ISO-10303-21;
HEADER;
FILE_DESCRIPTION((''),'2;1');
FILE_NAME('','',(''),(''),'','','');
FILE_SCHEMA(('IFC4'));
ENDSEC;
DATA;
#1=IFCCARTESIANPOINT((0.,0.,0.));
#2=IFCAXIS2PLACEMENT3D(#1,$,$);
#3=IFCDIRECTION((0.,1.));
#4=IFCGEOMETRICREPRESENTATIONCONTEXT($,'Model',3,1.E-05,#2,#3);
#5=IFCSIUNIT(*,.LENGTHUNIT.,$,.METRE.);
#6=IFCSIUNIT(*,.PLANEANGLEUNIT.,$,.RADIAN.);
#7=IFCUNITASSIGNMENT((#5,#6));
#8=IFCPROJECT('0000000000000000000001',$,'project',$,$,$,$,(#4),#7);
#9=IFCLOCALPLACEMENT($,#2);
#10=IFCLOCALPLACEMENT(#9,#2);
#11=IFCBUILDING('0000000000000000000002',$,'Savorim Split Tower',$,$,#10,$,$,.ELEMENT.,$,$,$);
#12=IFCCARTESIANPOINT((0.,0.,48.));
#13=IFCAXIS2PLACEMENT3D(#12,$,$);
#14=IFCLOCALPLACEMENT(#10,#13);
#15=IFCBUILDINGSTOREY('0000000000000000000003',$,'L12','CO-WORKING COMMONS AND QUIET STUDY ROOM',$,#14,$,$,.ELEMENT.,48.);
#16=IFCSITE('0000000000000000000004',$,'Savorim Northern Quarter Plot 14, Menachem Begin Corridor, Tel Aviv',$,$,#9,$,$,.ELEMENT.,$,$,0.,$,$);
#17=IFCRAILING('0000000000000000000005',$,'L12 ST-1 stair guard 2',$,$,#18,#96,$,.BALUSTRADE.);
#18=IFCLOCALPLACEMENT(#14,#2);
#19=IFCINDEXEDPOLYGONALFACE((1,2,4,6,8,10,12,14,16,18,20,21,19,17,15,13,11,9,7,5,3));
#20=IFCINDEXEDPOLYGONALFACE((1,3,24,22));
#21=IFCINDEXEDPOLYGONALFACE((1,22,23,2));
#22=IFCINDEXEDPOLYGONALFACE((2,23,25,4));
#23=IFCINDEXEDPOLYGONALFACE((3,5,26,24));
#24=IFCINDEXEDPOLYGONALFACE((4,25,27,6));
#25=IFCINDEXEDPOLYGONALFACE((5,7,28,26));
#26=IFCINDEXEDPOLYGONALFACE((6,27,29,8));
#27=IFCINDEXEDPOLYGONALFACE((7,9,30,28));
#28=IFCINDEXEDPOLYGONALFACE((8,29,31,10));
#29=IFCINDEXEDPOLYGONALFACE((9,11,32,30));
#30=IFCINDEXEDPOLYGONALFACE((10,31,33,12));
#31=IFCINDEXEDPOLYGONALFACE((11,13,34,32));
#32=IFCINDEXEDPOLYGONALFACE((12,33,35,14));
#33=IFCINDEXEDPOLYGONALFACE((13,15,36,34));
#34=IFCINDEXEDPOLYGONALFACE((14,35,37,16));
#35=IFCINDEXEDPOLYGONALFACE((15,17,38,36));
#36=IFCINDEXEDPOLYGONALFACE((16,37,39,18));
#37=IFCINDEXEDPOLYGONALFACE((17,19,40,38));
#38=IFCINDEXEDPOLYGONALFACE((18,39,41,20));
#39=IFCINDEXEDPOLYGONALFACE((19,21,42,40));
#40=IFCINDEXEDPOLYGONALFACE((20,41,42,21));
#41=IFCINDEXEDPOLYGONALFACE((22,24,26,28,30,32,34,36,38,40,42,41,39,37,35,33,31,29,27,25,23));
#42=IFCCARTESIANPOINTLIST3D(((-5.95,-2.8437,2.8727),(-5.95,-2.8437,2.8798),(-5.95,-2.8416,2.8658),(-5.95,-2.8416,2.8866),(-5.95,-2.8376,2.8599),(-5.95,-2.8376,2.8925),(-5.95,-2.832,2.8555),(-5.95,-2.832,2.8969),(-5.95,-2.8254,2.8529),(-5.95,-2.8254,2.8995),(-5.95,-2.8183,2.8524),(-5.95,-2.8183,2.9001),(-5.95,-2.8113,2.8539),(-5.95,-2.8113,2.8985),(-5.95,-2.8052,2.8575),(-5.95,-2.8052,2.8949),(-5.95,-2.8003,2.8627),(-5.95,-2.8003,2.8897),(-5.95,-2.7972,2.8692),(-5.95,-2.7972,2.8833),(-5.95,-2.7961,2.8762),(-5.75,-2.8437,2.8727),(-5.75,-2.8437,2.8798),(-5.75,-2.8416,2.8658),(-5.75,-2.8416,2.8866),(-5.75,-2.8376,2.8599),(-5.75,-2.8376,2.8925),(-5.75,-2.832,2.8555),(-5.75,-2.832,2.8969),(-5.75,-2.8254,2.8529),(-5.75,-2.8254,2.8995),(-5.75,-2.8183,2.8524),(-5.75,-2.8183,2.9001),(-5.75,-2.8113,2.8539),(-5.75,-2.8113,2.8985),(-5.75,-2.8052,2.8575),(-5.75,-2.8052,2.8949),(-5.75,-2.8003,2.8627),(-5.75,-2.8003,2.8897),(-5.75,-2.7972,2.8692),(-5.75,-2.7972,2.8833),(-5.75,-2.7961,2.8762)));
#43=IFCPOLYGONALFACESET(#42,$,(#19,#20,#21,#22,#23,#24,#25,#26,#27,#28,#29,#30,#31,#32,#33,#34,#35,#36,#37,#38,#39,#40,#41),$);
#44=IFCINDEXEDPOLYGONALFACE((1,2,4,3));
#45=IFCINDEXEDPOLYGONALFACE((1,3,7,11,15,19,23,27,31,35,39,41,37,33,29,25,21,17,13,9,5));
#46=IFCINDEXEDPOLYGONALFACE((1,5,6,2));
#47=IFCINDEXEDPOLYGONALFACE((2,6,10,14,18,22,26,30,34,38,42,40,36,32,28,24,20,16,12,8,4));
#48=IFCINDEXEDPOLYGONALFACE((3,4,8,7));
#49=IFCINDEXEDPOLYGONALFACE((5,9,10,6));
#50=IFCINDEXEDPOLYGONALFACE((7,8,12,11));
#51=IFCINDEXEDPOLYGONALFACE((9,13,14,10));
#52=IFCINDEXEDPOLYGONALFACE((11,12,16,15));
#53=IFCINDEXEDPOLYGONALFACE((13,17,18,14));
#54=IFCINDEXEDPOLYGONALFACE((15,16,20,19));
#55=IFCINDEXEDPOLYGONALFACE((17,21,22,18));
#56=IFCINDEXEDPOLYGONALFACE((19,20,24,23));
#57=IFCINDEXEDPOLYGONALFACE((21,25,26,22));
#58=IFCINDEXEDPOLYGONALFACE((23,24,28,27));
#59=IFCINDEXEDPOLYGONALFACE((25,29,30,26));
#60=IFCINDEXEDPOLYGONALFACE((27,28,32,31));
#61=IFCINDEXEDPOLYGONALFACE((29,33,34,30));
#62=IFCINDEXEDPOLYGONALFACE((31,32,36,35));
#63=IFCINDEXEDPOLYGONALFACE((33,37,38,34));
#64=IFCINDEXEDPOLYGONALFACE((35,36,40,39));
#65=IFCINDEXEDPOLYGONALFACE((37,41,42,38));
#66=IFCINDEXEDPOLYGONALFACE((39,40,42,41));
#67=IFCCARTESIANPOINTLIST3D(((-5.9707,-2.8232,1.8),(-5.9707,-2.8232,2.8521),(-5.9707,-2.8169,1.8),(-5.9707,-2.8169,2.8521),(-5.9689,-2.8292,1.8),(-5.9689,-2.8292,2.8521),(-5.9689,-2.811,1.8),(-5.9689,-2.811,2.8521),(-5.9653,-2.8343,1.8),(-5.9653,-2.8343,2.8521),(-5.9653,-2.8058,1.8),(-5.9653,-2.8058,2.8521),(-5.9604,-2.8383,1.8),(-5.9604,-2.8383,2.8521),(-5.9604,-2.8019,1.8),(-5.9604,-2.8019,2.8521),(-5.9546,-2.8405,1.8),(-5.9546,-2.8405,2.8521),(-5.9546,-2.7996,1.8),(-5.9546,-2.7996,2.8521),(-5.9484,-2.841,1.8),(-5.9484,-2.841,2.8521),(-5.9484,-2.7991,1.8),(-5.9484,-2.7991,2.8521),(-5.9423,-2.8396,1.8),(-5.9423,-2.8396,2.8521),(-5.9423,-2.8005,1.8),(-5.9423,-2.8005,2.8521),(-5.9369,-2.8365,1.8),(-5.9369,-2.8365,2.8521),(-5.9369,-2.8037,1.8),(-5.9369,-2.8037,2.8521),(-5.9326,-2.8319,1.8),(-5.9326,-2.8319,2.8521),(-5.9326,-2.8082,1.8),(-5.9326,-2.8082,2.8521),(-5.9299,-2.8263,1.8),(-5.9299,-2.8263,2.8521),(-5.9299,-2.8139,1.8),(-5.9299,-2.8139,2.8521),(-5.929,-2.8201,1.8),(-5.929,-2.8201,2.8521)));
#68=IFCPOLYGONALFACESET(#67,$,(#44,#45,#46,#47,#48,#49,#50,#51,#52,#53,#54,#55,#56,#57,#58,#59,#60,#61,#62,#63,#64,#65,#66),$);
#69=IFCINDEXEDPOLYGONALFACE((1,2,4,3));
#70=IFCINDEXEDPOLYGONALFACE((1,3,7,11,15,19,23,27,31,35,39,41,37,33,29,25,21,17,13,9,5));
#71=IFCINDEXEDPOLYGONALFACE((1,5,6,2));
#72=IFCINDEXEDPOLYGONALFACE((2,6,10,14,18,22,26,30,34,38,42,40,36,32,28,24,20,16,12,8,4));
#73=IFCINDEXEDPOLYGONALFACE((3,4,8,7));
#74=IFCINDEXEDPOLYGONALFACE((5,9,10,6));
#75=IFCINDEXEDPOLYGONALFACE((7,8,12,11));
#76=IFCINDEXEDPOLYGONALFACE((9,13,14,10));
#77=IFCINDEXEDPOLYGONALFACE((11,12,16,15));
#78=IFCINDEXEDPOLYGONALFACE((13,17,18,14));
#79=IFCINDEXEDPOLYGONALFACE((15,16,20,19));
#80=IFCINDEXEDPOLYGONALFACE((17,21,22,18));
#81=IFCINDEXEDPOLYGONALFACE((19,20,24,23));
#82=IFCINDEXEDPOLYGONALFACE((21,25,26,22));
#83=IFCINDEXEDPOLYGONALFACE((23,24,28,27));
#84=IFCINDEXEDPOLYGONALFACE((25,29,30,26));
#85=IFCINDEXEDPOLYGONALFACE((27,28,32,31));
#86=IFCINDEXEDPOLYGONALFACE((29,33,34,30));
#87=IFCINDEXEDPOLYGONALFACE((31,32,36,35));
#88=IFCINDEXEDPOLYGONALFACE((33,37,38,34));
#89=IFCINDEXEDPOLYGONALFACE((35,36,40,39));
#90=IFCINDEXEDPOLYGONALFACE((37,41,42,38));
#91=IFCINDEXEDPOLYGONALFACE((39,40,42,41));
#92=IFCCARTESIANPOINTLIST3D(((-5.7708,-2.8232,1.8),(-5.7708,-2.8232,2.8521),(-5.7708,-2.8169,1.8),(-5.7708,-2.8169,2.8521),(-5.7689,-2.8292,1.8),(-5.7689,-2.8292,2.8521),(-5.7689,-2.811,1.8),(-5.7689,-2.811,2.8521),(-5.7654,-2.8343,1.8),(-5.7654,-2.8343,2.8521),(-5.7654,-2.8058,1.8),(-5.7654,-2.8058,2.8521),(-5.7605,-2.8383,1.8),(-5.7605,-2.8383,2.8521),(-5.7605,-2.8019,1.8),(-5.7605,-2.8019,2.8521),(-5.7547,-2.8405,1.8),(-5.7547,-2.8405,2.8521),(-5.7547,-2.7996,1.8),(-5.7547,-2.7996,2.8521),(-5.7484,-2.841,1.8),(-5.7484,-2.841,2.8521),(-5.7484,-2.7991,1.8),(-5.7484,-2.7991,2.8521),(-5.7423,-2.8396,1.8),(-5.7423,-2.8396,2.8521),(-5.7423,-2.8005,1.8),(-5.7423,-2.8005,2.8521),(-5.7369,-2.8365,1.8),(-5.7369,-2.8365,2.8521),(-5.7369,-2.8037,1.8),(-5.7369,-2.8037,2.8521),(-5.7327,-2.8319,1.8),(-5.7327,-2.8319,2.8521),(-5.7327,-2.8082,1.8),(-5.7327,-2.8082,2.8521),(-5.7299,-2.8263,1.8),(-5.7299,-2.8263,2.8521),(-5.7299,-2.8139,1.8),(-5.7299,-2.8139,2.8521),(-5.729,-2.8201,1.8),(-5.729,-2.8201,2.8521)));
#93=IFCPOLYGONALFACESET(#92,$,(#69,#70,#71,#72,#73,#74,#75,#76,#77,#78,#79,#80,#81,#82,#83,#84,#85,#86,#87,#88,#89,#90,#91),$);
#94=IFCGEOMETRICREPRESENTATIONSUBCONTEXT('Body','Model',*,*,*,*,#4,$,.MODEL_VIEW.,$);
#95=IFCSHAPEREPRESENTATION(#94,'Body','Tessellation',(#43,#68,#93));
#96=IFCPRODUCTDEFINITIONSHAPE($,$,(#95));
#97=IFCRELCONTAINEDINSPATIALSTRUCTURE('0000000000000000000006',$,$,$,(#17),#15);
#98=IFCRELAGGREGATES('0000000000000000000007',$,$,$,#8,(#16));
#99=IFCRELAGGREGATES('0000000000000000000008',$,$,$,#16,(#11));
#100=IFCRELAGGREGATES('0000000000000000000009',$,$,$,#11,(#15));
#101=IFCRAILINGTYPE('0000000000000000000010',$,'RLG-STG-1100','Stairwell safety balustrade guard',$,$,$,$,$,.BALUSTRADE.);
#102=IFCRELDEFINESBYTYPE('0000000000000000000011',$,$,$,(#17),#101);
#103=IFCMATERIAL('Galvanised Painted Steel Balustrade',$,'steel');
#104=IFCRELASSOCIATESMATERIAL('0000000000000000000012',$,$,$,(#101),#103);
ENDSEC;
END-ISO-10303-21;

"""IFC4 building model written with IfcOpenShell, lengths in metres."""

from ifc_helpers import new_model, si_unit, direction, frame, origin, origin_2d, place, context, subcontext, project, spatial, circle, extrude, material, type_object, element, save


model = new_model("IFC4")

# Units and contexts
model_context = context("Model", 3, precision=1e-05, world=origin(), true_north=direction((0.0, 1.0)))
body_context = subcontext(model_context, "Body", "Model", "MODEL_VIEW")
ifc_project = project(units=[si_unit("LENGTHUNIT", "METRE"), si_unit("PLANEANGLEUNIT", "RADIAN")], contexts=[model_context])

# Site, building, storey
site_placement = place(None, origin())
site = spatial("IfcSite", under=ifc_project, at=site_placement, Name="Savorim Northern Quarter Plot 14, Menachem Begin Corridor, Tel Aviv", CompositionType="ELEMENT", RefElevation=0.0)
building_placement = place(site_placement, origin())
building = spatial("IfcBuilding", under=site, at=building_placement, Name="Savorim Split Tower", CompositionType="ELEMENT")
storey_placement = place(building_placement, frame((0.0, 0.0, 48.0)))
storey = spatial("IfcBuildingStorey", under=building, at=storey_placement, Name="L12", Description="CO-WORKING COMMONS AND QUIET STUDY ROOM", CompositionType="ELEMENT", Elevation=48.0)

# Railing
ifc_material_1 = material(Name="Galvanised Painted Steel Balustrade", Category="steel")
railing_type_1 = type_object("IfcRailingType", Name="RLG-STG-1100", Description="Stairwell safety balustrade guard", PredefinedType="BALUSTRADE", material=ifc_material_1)
railing_1_placement = place(storey_placement, frame((-5.95, -2.8201, 1.8)))
element("IfcRailing", 1, at=railing_1_placement, inside=storey, type_object=railing_type_1, Name="L12 ST-1 stair guard 2", PredefinedType="BALUSTRADE", context=body_context, shape_type="SweptSolid", body=[
    extrude(circle(Radius=0.0239, at=origin_2d()), frame((0.0, 0.0, 1.0762), z_axis=(1.0, 0.0, 0.0), x_axis=(0.0, 1.0, 0.0)), (0.0, 0.0, 1.0), 0.2),
    extrude(circle(Radius=0.021, at=origin_2d()), origin(), (0.0, 0.0, 1.0), 1.052),
    extrude(circle(Radius=0.021, at=origin_2d()), frame((0.2, 0.0, 0.0)), (0.0, 0.0, 1.0), 1.052),
])

save(model, "model.ifc")
